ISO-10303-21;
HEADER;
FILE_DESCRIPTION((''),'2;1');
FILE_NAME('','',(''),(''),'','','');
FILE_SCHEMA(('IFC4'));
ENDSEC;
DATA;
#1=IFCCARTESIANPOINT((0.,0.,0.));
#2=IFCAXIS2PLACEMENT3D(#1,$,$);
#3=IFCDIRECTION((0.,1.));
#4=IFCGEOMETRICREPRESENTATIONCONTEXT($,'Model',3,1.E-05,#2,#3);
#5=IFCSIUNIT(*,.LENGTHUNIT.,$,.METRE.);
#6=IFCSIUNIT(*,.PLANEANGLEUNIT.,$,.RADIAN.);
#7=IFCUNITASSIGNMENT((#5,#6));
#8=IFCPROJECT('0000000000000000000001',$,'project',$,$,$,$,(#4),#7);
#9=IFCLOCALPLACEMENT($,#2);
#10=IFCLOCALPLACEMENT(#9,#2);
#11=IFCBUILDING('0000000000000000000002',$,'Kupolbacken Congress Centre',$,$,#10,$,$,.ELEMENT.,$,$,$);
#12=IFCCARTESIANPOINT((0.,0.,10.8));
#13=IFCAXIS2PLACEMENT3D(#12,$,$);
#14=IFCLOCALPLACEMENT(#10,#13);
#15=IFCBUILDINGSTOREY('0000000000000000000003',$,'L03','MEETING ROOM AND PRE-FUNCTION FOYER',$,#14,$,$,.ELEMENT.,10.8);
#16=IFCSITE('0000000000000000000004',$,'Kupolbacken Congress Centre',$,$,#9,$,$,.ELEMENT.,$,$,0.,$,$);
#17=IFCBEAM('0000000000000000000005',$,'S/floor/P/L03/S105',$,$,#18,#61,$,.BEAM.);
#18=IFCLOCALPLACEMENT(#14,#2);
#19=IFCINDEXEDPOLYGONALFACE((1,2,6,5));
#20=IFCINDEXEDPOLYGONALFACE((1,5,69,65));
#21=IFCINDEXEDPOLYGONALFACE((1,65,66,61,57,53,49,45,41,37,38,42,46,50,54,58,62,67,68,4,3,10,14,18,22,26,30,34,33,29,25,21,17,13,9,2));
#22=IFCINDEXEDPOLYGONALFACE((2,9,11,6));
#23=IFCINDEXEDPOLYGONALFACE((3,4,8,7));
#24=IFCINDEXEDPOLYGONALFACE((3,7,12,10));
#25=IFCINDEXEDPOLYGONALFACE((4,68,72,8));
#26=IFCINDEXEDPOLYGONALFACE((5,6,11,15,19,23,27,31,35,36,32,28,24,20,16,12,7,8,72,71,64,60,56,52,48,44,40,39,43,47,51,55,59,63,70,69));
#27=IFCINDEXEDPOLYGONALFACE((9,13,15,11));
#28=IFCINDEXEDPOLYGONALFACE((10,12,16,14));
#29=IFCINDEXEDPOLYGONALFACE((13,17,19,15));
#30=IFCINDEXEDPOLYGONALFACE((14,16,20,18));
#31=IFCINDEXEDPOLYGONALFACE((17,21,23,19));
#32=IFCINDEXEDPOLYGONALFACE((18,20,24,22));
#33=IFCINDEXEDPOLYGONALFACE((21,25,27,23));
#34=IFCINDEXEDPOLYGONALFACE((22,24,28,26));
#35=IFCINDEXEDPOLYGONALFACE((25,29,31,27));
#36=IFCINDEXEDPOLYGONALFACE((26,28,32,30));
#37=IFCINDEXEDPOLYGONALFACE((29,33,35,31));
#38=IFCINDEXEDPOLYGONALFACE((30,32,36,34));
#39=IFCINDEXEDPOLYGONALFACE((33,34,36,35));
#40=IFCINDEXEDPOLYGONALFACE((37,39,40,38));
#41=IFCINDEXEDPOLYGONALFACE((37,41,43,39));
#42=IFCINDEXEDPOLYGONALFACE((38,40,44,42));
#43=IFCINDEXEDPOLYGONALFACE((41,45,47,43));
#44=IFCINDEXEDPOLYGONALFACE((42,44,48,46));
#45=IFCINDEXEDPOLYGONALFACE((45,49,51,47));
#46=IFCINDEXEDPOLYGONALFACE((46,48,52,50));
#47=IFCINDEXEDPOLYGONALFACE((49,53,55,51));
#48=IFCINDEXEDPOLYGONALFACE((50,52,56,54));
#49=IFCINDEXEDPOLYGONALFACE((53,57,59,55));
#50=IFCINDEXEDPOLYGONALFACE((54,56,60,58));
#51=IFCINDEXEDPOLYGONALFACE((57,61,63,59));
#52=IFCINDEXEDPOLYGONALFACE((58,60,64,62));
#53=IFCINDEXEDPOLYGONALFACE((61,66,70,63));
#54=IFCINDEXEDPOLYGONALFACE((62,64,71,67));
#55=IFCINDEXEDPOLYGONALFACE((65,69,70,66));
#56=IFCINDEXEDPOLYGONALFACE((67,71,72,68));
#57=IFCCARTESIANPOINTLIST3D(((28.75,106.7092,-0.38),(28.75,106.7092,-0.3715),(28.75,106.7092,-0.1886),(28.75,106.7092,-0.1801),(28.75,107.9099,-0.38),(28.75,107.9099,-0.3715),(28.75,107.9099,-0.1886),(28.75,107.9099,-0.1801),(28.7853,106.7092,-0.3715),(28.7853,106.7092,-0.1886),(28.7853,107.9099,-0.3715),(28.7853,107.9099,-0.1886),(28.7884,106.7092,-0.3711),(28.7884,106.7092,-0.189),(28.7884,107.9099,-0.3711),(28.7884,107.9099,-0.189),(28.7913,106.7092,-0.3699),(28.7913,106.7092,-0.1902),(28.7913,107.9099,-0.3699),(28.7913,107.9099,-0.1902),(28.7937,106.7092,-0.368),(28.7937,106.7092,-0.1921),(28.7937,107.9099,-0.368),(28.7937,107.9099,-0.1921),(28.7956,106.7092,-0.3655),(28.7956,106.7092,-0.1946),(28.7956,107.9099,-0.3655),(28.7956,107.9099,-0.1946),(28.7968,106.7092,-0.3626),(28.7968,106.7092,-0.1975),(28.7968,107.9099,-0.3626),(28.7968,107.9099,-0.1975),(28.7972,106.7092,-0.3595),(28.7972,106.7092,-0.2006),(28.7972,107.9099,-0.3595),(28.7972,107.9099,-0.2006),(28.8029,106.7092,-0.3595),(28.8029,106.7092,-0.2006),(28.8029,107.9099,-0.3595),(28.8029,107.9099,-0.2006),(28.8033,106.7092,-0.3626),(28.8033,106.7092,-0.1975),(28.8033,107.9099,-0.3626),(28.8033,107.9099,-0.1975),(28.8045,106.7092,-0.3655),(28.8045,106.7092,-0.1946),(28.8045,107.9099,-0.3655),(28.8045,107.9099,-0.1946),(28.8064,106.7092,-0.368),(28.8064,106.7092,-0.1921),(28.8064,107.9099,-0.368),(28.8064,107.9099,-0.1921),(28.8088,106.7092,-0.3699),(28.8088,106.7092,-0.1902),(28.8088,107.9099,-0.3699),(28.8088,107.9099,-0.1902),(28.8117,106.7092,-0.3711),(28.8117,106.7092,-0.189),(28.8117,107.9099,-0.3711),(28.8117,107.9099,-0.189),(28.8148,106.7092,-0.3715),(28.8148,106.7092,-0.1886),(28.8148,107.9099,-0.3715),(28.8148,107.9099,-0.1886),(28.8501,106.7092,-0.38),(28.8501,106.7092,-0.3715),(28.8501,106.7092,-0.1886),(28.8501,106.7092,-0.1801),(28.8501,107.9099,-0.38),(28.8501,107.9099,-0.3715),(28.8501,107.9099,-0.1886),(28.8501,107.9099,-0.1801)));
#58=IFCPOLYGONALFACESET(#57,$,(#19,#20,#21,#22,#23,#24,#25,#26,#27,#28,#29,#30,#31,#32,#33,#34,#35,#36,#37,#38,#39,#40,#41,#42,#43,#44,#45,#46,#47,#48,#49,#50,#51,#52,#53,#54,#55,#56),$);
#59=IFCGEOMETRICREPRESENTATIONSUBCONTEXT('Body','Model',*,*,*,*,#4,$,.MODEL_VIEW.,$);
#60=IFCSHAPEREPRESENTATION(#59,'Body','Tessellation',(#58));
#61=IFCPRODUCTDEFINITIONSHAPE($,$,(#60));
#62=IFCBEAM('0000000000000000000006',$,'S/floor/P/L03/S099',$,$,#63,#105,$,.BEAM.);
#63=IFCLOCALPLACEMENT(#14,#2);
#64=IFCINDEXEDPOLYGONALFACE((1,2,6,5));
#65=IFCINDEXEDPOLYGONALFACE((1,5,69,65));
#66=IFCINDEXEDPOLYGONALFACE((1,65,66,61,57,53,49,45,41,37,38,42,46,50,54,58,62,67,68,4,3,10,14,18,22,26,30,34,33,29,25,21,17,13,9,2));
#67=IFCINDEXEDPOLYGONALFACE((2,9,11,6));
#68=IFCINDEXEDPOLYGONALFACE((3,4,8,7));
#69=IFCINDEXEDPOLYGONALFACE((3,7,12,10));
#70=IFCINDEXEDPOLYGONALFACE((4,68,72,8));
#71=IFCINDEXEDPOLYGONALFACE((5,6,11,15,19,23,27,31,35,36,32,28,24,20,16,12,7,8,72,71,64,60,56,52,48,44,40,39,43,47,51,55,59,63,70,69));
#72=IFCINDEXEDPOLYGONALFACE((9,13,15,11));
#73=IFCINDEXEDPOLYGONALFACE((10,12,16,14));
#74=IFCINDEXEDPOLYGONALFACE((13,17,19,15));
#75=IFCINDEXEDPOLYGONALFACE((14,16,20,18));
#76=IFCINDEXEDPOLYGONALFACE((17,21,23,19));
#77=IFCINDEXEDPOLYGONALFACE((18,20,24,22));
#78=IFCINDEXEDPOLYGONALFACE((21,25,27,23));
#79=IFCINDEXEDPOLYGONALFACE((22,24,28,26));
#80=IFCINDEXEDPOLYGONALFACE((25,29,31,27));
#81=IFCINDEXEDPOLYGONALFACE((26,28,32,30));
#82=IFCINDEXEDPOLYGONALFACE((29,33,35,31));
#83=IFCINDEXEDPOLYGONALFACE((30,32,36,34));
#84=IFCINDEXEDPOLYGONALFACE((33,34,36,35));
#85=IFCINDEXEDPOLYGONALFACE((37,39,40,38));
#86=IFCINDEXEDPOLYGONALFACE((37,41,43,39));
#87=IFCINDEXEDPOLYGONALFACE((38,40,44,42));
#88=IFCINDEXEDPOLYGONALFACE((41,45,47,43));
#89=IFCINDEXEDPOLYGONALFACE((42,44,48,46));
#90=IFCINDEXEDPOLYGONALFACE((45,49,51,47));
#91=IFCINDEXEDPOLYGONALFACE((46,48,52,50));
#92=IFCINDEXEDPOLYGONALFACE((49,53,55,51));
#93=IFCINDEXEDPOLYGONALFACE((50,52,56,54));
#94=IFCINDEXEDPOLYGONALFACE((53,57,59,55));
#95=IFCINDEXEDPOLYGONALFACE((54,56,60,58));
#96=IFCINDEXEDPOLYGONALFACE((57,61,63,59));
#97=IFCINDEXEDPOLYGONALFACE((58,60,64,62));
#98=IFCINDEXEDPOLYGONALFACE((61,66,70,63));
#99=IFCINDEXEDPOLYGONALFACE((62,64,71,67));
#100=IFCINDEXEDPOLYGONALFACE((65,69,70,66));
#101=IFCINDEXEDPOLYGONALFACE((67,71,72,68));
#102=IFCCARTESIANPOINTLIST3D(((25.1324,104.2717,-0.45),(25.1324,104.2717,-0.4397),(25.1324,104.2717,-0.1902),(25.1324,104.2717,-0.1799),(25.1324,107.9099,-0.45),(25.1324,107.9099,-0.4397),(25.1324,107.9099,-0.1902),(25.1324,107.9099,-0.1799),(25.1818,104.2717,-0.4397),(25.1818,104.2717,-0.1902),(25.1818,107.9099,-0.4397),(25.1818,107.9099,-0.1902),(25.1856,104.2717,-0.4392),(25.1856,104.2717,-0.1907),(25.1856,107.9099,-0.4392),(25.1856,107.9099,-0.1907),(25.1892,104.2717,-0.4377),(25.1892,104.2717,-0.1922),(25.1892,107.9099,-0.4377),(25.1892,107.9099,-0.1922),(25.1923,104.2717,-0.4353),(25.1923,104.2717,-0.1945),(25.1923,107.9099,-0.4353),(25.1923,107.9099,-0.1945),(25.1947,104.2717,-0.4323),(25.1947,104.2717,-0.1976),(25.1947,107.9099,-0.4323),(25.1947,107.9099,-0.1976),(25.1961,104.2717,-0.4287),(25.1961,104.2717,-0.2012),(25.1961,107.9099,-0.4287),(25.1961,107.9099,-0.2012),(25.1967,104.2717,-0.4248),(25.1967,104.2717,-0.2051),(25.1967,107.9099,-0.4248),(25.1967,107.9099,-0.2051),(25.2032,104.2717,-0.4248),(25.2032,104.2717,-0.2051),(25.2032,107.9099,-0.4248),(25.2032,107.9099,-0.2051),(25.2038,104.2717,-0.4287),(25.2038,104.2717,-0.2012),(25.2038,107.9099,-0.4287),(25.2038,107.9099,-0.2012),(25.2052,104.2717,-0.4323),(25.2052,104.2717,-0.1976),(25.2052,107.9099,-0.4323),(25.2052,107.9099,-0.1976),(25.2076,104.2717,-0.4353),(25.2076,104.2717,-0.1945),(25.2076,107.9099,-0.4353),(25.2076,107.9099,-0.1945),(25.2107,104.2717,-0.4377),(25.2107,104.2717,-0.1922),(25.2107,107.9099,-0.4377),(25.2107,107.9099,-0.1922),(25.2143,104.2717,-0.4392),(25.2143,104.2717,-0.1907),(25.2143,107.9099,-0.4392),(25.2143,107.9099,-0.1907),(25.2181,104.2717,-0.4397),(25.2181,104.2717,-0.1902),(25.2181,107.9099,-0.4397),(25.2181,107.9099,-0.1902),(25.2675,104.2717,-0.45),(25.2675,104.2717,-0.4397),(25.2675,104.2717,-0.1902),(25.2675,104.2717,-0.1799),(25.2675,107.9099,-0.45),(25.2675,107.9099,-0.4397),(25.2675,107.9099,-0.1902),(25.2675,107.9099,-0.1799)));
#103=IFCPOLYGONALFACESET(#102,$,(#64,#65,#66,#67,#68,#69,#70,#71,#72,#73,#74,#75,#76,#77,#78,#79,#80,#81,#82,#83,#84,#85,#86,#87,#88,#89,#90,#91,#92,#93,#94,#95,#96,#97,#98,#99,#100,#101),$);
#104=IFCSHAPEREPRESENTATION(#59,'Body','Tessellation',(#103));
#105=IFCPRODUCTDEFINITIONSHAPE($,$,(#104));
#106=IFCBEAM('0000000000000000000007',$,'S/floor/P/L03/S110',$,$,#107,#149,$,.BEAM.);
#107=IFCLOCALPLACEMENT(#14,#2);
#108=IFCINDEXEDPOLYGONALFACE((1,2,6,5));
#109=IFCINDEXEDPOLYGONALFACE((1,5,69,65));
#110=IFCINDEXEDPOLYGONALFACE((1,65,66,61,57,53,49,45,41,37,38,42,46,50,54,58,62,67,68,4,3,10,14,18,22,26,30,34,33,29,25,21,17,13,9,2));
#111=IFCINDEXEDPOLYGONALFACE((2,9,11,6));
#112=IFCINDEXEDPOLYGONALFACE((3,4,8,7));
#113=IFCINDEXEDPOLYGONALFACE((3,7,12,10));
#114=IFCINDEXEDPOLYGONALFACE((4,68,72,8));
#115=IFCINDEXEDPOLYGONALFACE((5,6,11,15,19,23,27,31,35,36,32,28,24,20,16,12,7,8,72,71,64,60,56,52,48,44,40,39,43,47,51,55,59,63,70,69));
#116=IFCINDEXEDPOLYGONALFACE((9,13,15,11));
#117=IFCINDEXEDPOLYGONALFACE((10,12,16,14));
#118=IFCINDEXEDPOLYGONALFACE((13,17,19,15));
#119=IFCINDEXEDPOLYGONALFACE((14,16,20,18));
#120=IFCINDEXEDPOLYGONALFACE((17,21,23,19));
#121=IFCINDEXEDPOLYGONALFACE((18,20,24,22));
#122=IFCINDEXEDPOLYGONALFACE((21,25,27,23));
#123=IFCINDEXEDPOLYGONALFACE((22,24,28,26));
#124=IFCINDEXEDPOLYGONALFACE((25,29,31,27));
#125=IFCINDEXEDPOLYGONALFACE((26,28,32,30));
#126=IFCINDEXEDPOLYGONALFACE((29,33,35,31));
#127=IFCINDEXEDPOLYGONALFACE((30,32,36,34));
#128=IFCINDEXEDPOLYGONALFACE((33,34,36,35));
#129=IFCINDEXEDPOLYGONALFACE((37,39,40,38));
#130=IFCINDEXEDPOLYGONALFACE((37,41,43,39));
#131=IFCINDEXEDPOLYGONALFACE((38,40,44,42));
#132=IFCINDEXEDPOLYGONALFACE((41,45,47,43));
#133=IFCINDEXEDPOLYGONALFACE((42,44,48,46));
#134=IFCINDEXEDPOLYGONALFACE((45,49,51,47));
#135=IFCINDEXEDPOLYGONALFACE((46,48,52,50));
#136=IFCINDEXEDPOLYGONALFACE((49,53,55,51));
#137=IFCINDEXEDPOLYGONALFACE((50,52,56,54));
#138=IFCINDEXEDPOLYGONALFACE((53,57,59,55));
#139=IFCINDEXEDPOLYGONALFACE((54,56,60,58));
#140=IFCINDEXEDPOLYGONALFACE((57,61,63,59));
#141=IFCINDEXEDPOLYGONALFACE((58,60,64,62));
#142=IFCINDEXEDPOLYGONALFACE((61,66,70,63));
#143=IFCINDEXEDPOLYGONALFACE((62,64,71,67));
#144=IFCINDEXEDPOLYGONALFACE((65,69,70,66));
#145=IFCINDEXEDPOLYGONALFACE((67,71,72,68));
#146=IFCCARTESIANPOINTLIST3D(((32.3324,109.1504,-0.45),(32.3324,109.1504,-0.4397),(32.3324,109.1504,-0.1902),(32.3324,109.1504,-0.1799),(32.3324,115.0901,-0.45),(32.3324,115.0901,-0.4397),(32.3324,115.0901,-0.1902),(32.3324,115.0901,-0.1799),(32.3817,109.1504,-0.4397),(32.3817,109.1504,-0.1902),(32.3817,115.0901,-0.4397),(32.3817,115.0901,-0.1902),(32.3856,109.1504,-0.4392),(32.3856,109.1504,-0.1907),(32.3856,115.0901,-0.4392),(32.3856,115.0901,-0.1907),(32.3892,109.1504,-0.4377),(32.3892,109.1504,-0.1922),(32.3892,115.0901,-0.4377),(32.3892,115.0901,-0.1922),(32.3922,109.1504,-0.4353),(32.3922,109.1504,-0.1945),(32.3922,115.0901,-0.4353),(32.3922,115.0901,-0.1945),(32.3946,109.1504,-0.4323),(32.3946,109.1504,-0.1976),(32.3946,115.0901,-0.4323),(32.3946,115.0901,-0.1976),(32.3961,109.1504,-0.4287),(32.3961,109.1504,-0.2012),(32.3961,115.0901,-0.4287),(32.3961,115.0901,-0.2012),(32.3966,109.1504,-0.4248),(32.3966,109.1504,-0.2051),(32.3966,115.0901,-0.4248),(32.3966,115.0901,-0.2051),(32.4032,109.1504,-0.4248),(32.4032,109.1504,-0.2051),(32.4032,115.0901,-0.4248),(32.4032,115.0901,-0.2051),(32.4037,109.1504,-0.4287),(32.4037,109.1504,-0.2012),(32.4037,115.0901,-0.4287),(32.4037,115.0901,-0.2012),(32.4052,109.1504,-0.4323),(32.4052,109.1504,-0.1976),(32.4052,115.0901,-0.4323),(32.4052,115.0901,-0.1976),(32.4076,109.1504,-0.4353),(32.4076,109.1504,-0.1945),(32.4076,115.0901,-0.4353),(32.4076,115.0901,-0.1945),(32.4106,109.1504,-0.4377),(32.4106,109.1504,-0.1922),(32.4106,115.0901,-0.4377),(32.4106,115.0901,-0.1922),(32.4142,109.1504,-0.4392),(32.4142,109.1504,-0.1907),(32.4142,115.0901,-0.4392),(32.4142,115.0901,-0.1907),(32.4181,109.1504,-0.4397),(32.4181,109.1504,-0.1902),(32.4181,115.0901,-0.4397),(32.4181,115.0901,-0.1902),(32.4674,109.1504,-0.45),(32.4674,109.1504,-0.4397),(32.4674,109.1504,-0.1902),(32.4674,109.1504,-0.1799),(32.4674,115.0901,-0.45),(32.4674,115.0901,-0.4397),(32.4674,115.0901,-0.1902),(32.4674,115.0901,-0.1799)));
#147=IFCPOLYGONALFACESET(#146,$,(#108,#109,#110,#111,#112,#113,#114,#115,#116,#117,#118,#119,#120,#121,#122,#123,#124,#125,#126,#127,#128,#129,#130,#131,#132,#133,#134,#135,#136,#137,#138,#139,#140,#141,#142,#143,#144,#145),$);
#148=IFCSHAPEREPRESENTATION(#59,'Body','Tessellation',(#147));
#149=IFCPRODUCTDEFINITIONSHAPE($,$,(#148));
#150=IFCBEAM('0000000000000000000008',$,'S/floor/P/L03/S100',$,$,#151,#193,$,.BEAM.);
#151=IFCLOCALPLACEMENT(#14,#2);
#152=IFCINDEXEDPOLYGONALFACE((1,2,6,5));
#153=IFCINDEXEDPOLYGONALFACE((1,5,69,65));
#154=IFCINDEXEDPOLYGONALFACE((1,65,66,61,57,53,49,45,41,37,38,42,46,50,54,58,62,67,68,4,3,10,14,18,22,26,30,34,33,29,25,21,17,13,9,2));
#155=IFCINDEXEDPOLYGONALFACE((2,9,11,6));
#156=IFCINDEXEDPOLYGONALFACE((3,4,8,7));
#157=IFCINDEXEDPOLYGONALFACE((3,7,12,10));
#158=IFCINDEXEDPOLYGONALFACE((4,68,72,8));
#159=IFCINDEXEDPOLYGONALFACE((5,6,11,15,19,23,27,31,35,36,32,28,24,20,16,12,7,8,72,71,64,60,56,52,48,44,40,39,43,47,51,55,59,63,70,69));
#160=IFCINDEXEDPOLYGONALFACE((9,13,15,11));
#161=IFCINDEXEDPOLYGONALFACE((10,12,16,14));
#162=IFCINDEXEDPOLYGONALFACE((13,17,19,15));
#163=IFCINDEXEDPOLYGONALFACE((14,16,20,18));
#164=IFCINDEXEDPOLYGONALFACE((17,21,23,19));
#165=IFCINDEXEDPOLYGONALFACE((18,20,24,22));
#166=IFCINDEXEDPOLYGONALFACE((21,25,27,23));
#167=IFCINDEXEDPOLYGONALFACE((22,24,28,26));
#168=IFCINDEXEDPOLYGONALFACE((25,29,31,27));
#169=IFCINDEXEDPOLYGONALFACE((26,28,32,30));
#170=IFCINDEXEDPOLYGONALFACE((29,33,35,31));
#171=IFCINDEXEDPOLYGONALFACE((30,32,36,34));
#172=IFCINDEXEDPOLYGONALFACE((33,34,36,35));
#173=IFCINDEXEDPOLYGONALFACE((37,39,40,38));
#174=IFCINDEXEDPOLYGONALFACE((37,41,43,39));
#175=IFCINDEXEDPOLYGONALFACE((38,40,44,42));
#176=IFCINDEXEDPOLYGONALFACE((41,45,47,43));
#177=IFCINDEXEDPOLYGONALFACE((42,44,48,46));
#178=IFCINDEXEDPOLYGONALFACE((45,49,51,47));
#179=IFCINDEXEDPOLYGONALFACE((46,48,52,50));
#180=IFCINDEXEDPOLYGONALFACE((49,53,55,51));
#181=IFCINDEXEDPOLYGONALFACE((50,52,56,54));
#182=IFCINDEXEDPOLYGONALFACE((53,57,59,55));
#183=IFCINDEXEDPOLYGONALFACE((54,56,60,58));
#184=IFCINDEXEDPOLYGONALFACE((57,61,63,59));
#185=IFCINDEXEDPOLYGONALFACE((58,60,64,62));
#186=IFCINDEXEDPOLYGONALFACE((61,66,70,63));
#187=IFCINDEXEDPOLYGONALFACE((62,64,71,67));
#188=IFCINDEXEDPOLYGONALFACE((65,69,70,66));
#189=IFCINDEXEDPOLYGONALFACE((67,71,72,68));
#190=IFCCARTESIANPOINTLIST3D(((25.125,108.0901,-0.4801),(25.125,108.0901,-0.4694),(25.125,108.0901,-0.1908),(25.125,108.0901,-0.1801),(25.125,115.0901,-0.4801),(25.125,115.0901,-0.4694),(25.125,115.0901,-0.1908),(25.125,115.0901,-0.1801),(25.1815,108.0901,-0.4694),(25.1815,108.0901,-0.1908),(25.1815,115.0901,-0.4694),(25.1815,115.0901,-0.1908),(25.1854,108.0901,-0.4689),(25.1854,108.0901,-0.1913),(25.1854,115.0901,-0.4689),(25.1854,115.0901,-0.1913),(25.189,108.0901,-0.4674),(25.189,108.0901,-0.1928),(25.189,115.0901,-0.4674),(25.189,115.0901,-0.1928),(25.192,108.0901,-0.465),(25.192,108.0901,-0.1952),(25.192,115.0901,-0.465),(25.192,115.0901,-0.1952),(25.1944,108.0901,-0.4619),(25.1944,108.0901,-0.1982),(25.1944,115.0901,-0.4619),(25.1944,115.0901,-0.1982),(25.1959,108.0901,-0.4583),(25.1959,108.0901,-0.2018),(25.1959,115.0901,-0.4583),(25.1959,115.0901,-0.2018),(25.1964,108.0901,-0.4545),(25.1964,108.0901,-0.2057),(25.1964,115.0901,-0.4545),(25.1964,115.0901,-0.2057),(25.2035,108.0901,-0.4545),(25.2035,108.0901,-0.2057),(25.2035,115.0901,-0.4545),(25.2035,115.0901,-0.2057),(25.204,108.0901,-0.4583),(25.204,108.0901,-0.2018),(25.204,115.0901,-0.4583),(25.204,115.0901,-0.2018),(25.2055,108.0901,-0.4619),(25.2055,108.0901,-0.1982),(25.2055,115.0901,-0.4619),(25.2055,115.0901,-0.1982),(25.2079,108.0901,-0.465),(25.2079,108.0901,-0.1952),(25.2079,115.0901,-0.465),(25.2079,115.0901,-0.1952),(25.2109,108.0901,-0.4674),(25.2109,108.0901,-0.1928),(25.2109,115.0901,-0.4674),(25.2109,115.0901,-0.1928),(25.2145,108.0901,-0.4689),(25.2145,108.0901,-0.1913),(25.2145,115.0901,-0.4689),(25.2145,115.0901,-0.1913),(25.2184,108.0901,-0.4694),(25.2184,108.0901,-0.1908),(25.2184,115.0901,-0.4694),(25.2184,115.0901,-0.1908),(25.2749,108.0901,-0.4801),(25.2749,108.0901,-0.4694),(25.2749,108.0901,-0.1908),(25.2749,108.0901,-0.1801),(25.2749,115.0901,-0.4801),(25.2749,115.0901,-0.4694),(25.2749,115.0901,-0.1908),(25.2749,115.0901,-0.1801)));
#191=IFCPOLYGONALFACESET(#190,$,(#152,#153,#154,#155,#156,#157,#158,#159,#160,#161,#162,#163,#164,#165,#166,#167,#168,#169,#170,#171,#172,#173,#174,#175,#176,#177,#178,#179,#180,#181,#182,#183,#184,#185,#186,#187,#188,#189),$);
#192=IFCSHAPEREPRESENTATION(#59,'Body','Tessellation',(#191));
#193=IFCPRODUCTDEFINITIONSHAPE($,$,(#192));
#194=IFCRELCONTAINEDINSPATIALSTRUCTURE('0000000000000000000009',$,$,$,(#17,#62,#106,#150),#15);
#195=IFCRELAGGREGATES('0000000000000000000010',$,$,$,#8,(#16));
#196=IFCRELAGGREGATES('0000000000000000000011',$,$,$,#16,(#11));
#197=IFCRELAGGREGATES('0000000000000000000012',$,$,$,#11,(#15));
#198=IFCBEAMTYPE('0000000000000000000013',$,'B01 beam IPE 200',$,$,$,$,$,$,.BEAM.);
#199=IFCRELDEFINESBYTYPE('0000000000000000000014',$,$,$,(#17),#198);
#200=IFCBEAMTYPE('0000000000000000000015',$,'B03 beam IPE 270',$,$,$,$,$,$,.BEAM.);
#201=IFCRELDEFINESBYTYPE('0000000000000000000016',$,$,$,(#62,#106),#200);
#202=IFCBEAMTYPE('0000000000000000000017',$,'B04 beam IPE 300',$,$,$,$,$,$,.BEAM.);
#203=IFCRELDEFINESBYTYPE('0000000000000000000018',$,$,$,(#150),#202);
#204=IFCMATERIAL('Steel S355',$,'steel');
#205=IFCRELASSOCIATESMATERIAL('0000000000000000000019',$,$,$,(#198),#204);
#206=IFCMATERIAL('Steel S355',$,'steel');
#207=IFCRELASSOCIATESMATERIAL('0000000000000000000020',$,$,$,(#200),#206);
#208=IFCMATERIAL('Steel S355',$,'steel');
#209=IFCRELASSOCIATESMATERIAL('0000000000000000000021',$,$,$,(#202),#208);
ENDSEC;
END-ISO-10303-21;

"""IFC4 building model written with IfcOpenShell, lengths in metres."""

from ifc_helpers import new_model, si_unit, direction, frame, origin, origin_2d, place, context, subcontext, project, spatial, i_section, extrude, material, material_profile, profile_set, type_object, element, save


model = new_model("IFC4")

# Units and contexts
model_context = context("Model", 3, precision=1e-05, world=origin(), true_north=direction((0.0, 1.0)))
body_context = subcontext(model_context, "Body", "Model", "MODEL_VIEW")
ifc_project = project(units=[si_unit("LENGTHUNIT", "METRE"), si_unit("PLANEANGLEUNIT", "RADIAN")], contexts=[model_context])

# Site, building, storey
site_placement = place(None, origin())
site = spatial("IfcSite", under=ifc_project, at=site_placement, Name="Kupolbacken Congress Centre", CompositionType="ELEMENT", RefElevation=0.0)
building_placement = place(site_placement, origin())
building = spatial("IfcBuilding", under=site, at=building_placement, Name="Kupolbacken Congress Centre", CompositionType="ELEMENT")
storey_placement = place(building_placement, frame((0.0, 0.0, 10.8)))
storey = spatial("IfcBuildingStorey", under=building, at=storey_placement, Name="L03", Description="MEETING ROOM AND PRE-FUNCTION FOYER", CompositionType="ELEMENT", Elevation=10.8)

# Beams
ifc_material_1 = material(Name="Steel S355", Category="steel")
ifc_material_profile_1 = material_profile(ifc_material_1, i_section(OverallWidth=0.1001, OverallDepth=0.2, WebThickness=0.0056, FlangeThickness=0.0085, FilletRadius=0.012, at=origin_2d()), Name="IPE 200")
ifc_profile_set_1 = profile_set([ifc_material_profile_1], Name="Steel S355")
beam_type_1 = type_object("IfcBeamType", Name="B01 beam IPE 200", PredefinedType="BEAM", material=ifc_profile_set_1)
beam_1_placement = place(storey_placement, frame((28.8, 106.7092, -0.28), z_axis=(0.0, 1.0, 0.0), x_axis=(-1.0, 0.0, 0.0)))
element("IfcBeam", 1, at=beam_1_placement, inside=storey, type_object=beam_type_1, Name="S/floor/P/L03/S105", PredefinedType="BEAM", context=body_context, shape_type="SweptSolid", body=[
    extrude(i_section(OverallWidth=0.1001, OverallDepth=0.2, WebThickness=0.0056, FlangeThickness=0.0085, FilletRadius=0.012, at=origin_2d()), origin(), (0.0, 0.0, 1.0), 1.2007),
])
ifc_material_2 = material(Name="Steel S355", Category="steel")
ifc_material_profile_2 = material_profile(ifc_material_2, i_section(OverallWidth=0.135, OverallDepth=0.27, WebThickness=0.0066, FlangeThickness=0.0103, FilletRadius=0.0149, at=origin_2d()), Name="IPE 270")
ifc_profile_set_2 = profile_set([ifc_material_profile_2], Name="Steel S355")
beam_type_2 = type_object("IfcBeamType", Name="B03 beam IPE 270", PredefinedType="BEAM", material=ifc_profile_set_2)
beam_2_placement = place(storey_placement, frame((25.2, 104.2717, -0.3149), z_axis=(0.0, 1.0, 0.0), x_axis=(-1.0, 0.0, 0.0)))
element("IfcBeam", 2, at=beam_2_placement, inside=storey, type_object=beam_type_2, Name="S/floor/P/L03/S099", PredefinedType="BEAM", context=body_context, shape_type="SweptSolid", body=[
    extrude(i_section(OverallWidth=0.135, OverallDepth=0.27, WebThickness=0.0066, FlangeThickness=0.0103, FilletRadius=0.0149, at=origin_2d()), origin(), (0.0, 0.0, 1.0), 3.6382),
])
beam_3_placement = place(storey_placement, frame((32.3999, 109.1504, -0.3149), z_axis=(0.0, 1.0, 0.0), x_axis=(-1.0, 0.0, 0.0)))
element("IfcBeam", 3, at=beam_3_placement, inside=storey, type_object=beam_type_2, Name="S/floor/P/L03/S110", PredefinedType="BEAM", context=body_context, shape_type="SweptSolid", body=[
    extrude(i_section(OverallWidth=0.135, OverallDepth=0.27, WebThickness=0.0066, FlangeThickness=0.0103, FilletRadius=0.0149, at=origin_2d()), origin(), (0.0, 0.0, 1.0), 5.9397),
])
ifc_material_3 = material(Name="Steel S355", Category="steel")
ifc_material_profile_3 = material_profile(ifc_material_3, i_section(OverallWidth=0.1499, OverallDepth=0.3, WebThickness=0.0071, FlangeThickness=0.0107, FilletRadius=0.0149, at=origin_2d()), Name="IPE 300")
ifc_profile_set_3 = profile_set([ifc_material_profile_3], Name="Steel S355")
beam_type_3 = type_object("IfcBeamType", Name="B04 beam IPE 300", PredefinedType="BEAM", material=ifc_profile_set_3)
for number, where, z_axis, x_axis, name in (
    (4, (25.2, 108.0901, -0.3301), (0.0, 1.0, 0.0), (-1.0, 0.0, 0.0), "S/floor/P/L03/S100"),
):
    element("IfcBeam", number, at=place(storey_placement, frame(where, z_axis=z_axis, x_axis=x_axis)), inside=storey, type_object=beam_type_3, Name=name, PredefinedType="BEAM", context=body_context, shape_type="SweptSolid", body=[
        extrude(i_section(OverallWidth=0.1499, OverallDepth=0.3, WebThickness=0.0071, FlangeThickness=0.0107, FilletRadius=0.0149, at=origin_2d()), origin(), (0.0, 0.0, 1.0), 7.0),
    ])

save(model, "model.ifc")
